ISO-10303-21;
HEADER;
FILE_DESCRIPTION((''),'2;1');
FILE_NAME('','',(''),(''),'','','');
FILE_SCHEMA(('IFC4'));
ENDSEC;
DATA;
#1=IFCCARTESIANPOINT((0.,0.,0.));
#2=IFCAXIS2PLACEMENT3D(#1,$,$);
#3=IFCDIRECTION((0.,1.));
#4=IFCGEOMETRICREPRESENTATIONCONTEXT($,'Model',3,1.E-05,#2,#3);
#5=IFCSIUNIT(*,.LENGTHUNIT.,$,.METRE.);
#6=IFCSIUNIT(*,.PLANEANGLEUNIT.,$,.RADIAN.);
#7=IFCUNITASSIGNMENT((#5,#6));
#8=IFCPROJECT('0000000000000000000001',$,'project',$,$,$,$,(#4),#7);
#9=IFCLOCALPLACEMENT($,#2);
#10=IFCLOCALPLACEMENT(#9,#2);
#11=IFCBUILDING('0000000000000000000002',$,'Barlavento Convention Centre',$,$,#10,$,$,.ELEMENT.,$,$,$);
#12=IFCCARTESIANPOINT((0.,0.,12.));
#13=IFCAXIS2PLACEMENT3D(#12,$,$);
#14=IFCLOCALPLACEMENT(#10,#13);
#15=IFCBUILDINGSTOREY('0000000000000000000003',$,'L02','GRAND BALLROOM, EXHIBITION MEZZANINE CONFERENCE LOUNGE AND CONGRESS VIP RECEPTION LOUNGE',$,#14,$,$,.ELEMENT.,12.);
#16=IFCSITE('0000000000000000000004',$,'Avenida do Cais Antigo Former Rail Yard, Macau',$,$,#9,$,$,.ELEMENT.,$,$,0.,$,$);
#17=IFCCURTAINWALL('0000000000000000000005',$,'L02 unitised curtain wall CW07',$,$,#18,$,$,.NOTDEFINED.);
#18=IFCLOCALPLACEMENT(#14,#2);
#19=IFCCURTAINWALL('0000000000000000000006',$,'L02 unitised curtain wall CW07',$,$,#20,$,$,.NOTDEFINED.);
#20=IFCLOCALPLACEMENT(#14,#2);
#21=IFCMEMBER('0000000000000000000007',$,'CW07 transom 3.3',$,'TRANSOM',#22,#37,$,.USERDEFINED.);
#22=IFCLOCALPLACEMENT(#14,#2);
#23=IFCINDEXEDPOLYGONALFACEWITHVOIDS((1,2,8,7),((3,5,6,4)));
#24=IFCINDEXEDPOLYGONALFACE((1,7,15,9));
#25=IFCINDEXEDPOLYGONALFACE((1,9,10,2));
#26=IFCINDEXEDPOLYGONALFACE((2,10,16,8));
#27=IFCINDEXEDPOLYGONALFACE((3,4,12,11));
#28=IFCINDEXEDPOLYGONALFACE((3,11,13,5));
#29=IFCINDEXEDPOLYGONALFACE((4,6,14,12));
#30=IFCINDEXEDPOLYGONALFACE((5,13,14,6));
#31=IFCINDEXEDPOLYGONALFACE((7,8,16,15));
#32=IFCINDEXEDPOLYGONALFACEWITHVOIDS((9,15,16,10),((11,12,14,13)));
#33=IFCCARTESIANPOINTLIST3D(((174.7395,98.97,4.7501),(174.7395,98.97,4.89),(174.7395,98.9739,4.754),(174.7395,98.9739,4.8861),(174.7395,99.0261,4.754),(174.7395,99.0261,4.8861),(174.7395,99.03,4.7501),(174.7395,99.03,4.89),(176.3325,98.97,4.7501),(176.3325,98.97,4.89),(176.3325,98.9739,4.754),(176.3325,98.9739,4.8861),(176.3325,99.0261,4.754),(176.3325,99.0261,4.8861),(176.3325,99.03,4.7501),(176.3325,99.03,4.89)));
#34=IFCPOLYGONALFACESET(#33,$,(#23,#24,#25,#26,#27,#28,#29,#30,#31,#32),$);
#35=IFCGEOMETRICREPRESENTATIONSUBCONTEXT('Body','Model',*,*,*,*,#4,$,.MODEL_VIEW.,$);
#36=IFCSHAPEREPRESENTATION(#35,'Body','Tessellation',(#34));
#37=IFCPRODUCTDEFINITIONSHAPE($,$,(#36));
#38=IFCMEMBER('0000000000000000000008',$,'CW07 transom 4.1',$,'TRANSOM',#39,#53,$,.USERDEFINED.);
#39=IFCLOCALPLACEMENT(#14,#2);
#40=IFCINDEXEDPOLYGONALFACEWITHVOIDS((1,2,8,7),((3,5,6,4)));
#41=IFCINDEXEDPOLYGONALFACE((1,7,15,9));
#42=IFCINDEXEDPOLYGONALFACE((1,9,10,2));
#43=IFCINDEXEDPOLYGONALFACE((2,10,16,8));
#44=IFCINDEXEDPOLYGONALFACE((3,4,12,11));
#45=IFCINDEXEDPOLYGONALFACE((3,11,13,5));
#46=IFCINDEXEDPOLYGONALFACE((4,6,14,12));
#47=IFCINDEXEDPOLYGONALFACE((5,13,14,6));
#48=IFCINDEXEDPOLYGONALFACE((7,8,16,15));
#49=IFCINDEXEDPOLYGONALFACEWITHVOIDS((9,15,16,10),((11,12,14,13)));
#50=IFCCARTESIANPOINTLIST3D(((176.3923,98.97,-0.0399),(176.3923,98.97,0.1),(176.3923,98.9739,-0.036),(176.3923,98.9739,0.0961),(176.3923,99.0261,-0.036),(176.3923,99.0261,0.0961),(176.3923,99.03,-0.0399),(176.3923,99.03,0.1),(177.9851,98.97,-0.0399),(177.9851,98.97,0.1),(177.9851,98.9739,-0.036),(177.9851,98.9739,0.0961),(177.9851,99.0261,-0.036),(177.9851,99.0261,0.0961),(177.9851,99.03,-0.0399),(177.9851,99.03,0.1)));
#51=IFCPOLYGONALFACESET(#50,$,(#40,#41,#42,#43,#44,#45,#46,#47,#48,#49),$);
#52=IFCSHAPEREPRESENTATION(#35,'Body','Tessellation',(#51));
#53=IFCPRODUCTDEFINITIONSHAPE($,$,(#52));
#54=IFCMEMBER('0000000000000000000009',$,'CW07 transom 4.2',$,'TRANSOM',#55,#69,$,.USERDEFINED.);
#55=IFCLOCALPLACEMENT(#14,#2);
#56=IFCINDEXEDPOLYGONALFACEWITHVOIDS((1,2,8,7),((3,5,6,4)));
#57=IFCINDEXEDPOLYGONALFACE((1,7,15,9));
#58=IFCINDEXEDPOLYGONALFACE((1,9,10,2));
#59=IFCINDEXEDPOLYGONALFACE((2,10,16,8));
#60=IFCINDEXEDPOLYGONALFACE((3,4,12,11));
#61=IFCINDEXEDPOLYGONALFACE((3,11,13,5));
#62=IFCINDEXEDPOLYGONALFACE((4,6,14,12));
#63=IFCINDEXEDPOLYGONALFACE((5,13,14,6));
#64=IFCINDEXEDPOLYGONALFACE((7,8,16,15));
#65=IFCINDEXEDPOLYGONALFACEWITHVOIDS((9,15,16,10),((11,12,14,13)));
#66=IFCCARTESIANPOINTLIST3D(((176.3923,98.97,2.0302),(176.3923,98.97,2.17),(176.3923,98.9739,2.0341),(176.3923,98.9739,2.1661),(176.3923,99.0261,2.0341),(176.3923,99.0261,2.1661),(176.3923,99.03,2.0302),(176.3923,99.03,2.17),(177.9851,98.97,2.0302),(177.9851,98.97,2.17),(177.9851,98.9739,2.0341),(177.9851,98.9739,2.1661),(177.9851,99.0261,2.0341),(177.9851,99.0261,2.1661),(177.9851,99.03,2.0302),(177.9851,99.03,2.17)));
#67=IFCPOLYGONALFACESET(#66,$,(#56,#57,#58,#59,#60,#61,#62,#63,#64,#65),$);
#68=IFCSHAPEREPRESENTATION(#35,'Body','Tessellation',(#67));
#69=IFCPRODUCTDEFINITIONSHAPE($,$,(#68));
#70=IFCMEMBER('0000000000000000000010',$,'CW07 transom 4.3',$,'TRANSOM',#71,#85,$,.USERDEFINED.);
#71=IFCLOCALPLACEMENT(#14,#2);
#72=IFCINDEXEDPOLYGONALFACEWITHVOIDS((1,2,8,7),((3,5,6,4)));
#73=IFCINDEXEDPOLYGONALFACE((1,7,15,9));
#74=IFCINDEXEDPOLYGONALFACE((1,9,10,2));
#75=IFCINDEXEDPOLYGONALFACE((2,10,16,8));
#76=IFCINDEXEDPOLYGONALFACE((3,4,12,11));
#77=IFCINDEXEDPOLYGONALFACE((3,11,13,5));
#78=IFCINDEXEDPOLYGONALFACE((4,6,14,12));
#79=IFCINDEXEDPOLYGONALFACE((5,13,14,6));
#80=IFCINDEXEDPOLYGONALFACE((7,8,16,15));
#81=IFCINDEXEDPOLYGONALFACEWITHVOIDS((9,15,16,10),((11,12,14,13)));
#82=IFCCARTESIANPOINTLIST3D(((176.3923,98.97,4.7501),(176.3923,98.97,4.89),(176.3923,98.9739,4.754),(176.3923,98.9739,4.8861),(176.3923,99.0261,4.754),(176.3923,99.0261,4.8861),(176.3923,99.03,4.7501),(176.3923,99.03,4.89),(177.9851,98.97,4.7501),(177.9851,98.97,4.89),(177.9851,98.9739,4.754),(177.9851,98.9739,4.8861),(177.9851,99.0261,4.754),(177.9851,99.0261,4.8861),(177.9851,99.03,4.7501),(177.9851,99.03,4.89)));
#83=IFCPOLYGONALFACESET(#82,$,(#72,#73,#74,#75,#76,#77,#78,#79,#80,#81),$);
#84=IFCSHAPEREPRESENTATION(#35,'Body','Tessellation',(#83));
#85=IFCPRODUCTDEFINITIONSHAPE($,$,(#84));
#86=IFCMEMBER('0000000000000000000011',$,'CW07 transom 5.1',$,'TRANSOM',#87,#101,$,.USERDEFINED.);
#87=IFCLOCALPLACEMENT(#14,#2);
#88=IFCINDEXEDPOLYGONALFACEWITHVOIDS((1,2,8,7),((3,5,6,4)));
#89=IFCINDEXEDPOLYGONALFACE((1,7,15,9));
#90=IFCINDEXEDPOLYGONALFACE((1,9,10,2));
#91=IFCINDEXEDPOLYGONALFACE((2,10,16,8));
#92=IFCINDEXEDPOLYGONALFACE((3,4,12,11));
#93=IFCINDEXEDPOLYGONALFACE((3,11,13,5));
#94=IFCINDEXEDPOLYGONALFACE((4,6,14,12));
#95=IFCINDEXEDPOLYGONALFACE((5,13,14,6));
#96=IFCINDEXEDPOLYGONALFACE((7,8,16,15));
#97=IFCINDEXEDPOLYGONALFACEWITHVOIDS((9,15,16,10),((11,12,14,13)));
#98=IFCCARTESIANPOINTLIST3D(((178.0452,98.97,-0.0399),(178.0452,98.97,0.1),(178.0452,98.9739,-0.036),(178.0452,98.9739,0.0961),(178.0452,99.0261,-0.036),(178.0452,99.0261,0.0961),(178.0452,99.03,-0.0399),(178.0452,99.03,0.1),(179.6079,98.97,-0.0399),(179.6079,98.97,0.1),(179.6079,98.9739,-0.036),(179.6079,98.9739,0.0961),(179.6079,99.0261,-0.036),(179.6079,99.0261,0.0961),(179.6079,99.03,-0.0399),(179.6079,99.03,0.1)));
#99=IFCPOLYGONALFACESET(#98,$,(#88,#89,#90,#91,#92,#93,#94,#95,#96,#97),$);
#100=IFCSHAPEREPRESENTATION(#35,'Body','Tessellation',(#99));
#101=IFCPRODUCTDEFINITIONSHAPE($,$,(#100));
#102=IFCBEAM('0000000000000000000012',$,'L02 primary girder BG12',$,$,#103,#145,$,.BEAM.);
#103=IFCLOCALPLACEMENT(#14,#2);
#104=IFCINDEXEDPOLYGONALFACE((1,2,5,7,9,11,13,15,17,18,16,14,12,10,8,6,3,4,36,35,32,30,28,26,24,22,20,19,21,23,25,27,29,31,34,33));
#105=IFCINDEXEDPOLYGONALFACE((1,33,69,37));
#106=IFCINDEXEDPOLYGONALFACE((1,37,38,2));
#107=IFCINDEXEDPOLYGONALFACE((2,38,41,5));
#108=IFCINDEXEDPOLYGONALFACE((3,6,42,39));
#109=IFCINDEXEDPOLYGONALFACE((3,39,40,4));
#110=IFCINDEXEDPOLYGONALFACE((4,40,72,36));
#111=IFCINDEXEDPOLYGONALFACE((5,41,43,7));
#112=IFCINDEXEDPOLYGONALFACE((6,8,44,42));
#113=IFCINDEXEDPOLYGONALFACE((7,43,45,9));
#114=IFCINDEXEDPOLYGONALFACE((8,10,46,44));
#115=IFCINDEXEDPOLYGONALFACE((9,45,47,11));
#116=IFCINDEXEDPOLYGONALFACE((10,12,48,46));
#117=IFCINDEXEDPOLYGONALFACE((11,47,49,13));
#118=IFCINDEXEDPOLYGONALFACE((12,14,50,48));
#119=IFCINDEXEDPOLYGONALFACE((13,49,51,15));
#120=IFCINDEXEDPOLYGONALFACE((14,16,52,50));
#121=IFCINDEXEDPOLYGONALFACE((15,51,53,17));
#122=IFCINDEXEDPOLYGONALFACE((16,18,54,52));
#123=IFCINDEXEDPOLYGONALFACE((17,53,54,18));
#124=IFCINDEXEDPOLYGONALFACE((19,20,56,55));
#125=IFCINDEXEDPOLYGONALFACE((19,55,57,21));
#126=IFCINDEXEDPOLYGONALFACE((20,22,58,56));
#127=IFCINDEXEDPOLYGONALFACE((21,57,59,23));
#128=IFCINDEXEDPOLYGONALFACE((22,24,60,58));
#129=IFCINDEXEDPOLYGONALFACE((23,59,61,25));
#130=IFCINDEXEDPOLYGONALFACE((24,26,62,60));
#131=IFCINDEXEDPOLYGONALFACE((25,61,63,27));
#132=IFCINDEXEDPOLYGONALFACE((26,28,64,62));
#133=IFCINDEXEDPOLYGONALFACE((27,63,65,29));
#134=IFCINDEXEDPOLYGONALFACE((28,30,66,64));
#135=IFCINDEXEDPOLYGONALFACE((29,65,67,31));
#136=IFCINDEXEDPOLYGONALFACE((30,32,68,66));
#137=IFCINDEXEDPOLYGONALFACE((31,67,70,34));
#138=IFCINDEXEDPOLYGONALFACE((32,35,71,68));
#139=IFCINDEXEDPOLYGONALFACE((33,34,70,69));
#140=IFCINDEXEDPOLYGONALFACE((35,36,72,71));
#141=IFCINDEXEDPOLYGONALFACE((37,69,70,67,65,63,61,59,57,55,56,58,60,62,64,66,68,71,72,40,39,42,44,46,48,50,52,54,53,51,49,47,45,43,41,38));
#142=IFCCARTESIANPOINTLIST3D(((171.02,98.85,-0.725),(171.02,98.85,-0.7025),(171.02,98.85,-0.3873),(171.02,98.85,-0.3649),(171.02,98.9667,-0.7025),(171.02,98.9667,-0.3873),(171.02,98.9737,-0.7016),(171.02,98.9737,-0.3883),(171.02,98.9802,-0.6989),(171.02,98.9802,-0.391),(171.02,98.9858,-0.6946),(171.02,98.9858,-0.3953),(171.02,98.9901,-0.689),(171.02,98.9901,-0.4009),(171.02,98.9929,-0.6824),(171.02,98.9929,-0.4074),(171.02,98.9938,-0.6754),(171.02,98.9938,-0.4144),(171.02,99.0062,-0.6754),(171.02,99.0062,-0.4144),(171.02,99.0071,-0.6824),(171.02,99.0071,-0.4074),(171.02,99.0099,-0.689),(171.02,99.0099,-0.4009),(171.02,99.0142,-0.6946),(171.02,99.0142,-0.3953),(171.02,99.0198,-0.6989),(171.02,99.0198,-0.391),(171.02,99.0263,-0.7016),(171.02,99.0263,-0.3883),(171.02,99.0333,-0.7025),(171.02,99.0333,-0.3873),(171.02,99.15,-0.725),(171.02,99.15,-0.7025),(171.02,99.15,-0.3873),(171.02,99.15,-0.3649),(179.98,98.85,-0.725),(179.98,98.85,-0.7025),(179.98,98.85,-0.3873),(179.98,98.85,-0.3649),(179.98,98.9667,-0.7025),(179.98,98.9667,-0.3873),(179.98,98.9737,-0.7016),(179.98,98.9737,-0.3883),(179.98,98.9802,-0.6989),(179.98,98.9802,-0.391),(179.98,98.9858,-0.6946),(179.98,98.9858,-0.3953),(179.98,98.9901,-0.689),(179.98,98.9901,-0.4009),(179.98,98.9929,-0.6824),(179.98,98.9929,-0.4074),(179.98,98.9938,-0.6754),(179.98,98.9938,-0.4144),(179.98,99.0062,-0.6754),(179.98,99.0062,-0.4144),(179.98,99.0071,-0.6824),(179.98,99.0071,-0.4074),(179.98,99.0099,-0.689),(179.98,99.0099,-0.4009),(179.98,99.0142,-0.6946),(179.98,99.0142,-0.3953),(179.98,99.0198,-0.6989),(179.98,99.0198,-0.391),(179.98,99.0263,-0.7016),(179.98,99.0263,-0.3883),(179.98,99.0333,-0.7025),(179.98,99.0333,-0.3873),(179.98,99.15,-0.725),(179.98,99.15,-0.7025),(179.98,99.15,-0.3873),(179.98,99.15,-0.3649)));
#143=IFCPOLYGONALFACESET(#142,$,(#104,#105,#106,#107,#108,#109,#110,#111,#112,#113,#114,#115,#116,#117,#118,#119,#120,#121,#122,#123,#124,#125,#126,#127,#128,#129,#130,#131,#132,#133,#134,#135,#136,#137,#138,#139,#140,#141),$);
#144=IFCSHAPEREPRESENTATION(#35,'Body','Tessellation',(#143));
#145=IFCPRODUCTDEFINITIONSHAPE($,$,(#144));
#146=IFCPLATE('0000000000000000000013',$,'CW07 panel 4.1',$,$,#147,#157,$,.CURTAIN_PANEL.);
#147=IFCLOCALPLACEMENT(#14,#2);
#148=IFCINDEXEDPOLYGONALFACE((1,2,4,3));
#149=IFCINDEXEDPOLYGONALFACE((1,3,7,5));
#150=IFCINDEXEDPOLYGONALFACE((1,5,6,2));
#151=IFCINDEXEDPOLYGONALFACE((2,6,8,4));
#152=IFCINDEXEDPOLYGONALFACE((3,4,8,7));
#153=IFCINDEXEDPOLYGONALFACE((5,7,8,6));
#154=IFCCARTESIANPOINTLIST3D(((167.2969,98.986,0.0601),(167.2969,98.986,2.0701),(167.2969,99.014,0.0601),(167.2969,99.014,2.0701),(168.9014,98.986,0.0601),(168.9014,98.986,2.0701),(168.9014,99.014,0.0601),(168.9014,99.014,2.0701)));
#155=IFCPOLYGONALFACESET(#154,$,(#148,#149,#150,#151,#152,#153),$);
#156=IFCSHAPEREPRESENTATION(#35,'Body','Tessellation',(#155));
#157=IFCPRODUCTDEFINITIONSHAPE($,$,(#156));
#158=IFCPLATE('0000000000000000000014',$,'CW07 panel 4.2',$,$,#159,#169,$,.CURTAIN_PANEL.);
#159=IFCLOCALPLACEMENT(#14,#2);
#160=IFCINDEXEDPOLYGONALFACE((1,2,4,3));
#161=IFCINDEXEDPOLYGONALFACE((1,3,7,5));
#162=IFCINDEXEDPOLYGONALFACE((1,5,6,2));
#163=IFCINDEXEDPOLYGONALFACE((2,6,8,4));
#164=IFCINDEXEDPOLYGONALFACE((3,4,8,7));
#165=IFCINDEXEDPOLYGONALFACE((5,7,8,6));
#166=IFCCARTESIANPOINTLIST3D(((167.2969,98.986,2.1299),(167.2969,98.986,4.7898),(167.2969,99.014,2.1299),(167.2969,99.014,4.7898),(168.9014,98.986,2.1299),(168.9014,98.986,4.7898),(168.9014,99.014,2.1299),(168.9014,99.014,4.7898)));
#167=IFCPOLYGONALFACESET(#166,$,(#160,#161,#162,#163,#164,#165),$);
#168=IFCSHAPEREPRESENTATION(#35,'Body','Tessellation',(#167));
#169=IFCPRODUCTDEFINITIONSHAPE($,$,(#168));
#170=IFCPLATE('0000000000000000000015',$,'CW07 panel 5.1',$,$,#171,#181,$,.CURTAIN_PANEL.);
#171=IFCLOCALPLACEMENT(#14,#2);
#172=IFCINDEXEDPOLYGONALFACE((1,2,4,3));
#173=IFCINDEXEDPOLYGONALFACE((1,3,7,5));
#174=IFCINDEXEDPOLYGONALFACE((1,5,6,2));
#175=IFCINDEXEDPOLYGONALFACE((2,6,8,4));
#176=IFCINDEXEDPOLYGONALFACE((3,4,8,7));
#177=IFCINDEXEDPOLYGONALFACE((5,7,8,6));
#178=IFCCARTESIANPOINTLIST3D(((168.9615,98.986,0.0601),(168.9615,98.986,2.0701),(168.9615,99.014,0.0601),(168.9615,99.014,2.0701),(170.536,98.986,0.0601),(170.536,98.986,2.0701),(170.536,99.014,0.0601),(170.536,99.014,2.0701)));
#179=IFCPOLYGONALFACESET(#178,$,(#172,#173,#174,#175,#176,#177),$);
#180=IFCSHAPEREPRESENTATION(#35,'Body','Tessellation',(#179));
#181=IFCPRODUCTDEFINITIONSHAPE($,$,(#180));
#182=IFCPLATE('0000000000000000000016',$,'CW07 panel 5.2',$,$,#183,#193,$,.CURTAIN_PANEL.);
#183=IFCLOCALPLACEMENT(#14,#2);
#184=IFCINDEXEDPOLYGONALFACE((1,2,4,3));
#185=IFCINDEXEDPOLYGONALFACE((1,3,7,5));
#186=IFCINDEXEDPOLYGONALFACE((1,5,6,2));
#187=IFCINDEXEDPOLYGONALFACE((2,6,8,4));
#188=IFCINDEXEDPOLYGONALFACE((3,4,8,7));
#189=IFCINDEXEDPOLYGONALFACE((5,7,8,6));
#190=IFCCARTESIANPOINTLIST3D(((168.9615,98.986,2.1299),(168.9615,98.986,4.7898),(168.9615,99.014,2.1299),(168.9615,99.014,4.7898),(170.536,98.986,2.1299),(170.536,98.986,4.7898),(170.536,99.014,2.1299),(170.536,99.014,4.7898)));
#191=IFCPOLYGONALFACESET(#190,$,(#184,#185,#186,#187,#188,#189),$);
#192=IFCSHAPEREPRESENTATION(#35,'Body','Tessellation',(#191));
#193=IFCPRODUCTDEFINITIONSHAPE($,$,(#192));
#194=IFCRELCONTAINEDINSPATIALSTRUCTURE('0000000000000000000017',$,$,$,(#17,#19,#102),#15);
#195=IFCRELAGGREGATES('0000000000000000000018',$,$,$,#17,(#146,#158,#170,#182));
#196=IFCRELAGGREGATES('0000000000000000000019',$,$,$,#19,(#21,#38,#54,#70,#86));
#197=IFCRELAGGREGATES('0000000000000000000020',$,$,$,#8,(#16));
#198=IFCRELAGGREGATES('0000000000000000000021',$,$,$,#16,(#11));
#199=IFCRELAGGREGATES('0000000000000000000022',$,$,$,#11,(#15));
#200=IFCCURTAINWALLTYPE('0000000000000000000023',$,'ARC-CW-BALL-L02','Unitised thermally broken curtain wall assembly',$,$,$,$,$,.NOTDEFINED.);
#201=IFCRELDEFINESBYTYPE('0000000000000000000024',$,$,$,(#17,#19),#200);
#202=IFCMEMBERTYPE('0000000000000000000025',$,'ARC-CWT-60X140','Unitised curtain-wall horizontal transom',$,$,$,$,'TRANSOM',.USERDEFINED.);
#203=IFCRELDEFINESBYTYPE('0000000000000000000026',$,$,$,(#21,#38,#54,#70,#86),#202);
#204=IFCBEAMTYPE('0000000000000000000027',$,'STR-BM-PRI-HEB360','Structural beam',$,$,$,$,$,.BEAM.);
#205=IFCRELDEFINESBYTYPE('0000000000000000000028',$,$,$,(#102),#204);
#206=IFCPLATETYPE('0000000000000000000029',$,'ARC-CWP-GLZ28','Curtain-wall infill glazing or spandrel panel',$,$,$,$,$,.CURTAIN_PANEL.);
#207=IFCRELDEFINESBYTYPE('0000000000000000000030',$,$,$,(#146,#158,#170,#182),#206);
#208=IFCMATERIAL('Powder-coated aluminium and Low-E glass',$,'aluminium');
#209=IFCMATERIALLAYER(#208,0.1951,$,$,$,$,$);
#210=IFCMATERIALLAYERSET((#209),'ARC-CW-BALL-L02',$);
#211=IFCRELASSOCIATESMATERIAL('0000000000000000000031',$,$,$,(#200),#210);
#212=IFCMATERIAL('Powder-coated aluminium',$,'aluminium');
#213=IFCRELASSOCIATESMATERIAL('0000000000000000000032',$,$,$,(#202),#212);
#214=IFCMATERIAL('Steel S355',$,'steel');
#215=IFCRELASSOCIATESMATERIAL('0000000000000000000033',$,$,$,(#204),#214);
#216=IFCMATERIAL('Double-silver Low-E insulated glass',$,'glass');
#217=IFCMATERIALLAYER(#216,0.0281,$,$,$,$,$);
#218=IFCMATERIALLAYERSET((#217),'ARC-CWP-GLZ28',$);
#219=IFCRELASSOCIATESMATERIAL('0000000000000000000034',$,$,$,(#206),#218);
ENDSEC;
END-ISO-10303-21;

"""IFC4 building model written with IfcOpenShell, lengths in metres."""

from ifc_helpers import new_model, si_unit, direction, frame, origin, origin_2d, place, context, subcontext, project, spatial, rectangle, hollow_rectangle, i_section, extrude, material, layer, layer_set, material_profile, profile_set, type_object, element, aggregate, save


model = new_model("IFC4")

# Units and contexts
model_context = context("Model", 3, precision=1e-05, world=origin(), true_north=direction((0.0, 1.0)))
body_context = subcontext(model_context, "Body", "Model", "MODEL_VIEW")
ifc_project = project(units=[si_unit("LENGTHUNIT", "METRE"), si_unit("PLANEANGLEUNIT", "RADIAN")], contexts=[model_context])

# Site, building, storey
site_placement = place(None, origin())
site = spatial("IfcSite", under=ifc_project, at=site_placement, Name="Avenida do Cais Antigo Former Rail Yard, Macau", CompositionType="ELEMENT", RefElevation=0.0)
building_placement = place(site_placement, origin())
building = spatial("IfcBuilding", under=site, at=building_placement, Name="Barlavento Convention Centre", CompositionType="ELEMENT")
storey_placement = place(building_placement, frame((0.0, 0.0, 12.0)))
storey = spatial("IfcBuildingStorey", under=building, at=storey_placement, Name="L02", Description="GRAND BALLROOM, EXHIBITION MEZZANINE CONFERENCE LOUNGE AND CONGRESS VIP RECEPTION LOUNGE", CompositionType="ELEMENT", Elevation=12.0)

# Shared definitions
ifc_material_1 = material(Name="Powder-coated aluminium and Low-E glass", Category="aluminium")
ifc_layer_1 = layer(ifc_material_1, 0.1951)
ifc_layer_set_1 = layer_set([ifc_layer_1], Name="ARC-CW-BALL-L02")
curtain_wall_type = type_object("IfcCurtainWallType", Name="ARC-CW-BALL-L02", Description="Unitised thermally broken curtain wall assembly", PredefinedType="NOTDEFINED", material=ifc_layer_set_1)
ifc_material_2 = material(Name="Powder-coated aluminium", Category="aluminium")

# Curtain walls
curtain_wall_1_placement = place(storey_placement, origin())
curtain_wall_1 = element("IfcCurtainWall", 1, at=curtain_wall_1_placement, inside=storey, type_object=curtain_wall_type, Name="L02 unitised curtain wall CW07", PredefinedType="NOTDEFINED")
curtain_wall_2_placement = place(storey_placement, origin())
curtain_wall_2 = element("IfcCurtainWall", 2, at=curtain_wall_2_placement, inside=storey, type_object=curtain_wall_type, Name="L02 unitised curtain wall CW07", PredefinedType="NOTDEFINED")

# Members
ifc_material_profile_1 = material_profile(ifc_material_2, hollow_rectangle(XDim=0.0601, YDim=0.1399, WallThickness=0.0039, at=origin_2d()), Name="AL-TRAN 60x140x4")
ifc_profile_set_1 = profile_set([ifc_material_profile_1], Name="Powder-coated aluminium")
member_type_1 = type_object("IfcMemberType", Name="ARC-CWT-60X140", Description="Unitised curtain-wall horizontal transom", ElementType="TRANSOM", PredefinedType="USERDEFINED", material=ifc_profile_set_1)
member_1_placement = place(storey_placement, frame((174.7395, 99.0, 4.8201), z_axis=(1.0, 0.0, 0.0), x_axis=(0.0, 1.0, 0.0)))
member_1 = element("IfcMember", 3, at=member_1_placement, type_object=member_type_1, Name="CW07 transom 3.3", ObjectType="TRANSOM", PredefinedType="USERDEFINED", context=body_context, shape_type="SweptSolid", body=[
    extrude(hollow_rectangle(XDim=0.0601, YDim=0.1399, WallThickness=0.0039, at=origin_2d()), origin(), (0.0, 0.0, 1.0), 1.593),
])
member_2_placement = place(storey_placement, frame((176.3923, 99.0, 0.03), z_axis=(1.0, 0.0, 0.0), x_axis=(0.0, 1.0, 0.0)))
member_2 = element("IfcMember", 4, at=member_2_placement, type_object=member_type_1, Name="CW07 transom 4.1", ObjectType="TRANSOM", PredefinedType="USERDEFINED", context=body_context, shape_type="SweptSolid", body=[
    extrude(hollow_rectangle(XDim=0.0601, YDim=0.1399, WallThickness=0.0039, at=origin_2d()), origin(), (0.0, 0.0, 1.0), 1.5928),
])
member_3_placement = place(storey_placement, frame((176.3923, 99.0, 2.1001), z_axis=(1.0, 0.0, 0.0), x_axis=(0.0, 1.0, 0.0)))
member_3 = element("IfcMember", 5, at=member_3_placement, type_object=member_type_1, Name="CW07 transom 4.2", ObjectType="TRANSOM", PredefinedType="USERDEFINED", context=body_context, shape_type="SweptSolid", body=[
    extrude(hollow_rectangle(XDim=0.0601, YDim=0.1399, WallThickness=0.0039, at=origin_2d()), origin(), (0.0, 0.0, 1.0), 1.5928),
])
member_4_placement = place(storey_placement, frame((176.3923, 99.0, 4.8201), z_axis=(1.0, 0.0, 0.0), x_axis=(0.0, 1.0, 0.0)))
member_4 = element("IfcMember", 6, at=member_4_placement, type_object=member_type_1, Name="CW07 transom 4.3", ObjectType="TRANSOM", PredefinedType="USERDEFINED", context=body_context, shape_type="SweptSolid", body=[
    extrude(hollow_rectangle(XDim=0.0601, YDim=0.1399, WallThickness=0.0039, at=origin_2d()), origin(), (0.0, 0.0, 1.0), 1.5928),
])
member_5_placement = place(storey_placement, frame((178.0452, 99.0, 0.03), z_axis=(1.0, 0.0, 0.0), x_axis=(0.0, 1.0, 0.0)))
member_5 = element("IfcMember", 7, at=member_5_placement, type_object=member_type_1, Name="CW07 transom 5.1", ObjectType="TRANSOM", PredefinedType="USERDEFINED", context=body_context, shape_type="SweptSolid", body=[
    extrude(hollow_rectangle(XDim=0.0601, YDim=0.1399, WallThickness=0.0039, at=origin_2d()), origin(), (0.0, 0.0, 1.0), 1.5627),
])

# Beam
ifc_material_3 = material(Name="Steel S355", Category="steel")
ifc_material_profile_2 = material_profile(ifc_material_3, i_section(OverallWidth=0.3, OverallDepth=0.3601, WebThickness=0.0125, FlangeThickness=0.0225, FilletRadius=0.0271, at=origin_2d()), Name="HEB 360")
ifc_profile_set_2 = profile_set([ifc_material_profile_2], Name="Steel S355")
beam_type = type_object("IfcBeamType", Name="STR-BM-PRI-HEB360", Description="Structural beam", PredefinedType="BEAM", material=ifc_profile_set_2)
beam_placement = place(storey_placement, frame((171.02, 99.0, -0.5449), z_axis=(1.0, 0.0, 0.0), x_axis=(0.0, 1.0, 0.0)))
element("IfcBeam", 8, at=beam_placement, inside=storey, type_object=beam_type, Name="L02 primary girder BG12", PredefinedType="BEAM", context=body_context, shape_type="SweptSolid", body=[
    extrude(i_section(OverallWidth=0.3, OverallDepth=0.3601, WebThickness=0.0125, FlangeThickness=0.0225, FilletRadius=0.0271, at=origin_2d()), origin(), (0.0, 0.0, 1.0), 8.96),
])

# Plates
ifc_material_4 = material(Name="Double-silver Low-E insulated glass", Category="glass")
ifc_layer_2 = layer(ifc_material_4, 0.0281)
ifc_layer_set_2 = layer_set([ifc_layer_2], Name="ARC-CWP-GLZ28")
plate_type = type_object("IfcPlateType", Name="ARC-CWP-GLZ28", Description="Curtain-wall infill glazing or spandrel panel", PredefinedType="CURTAIN_PANEL", material=ifc_layer_set_2)
plate_1_placement = place(storey_placement, frame((168.0991, 99.0, 0.0601), z_axis=(0.0, 0.0, 1.0), x_axis=(1.0, 0.0, 0.0)))
plate_1 = element("IfcPlate", 9, at=plate_1_placement, type_object=plate_type, Name="CW07 panel 4.1", PredefinedType="CURTAIN_PANEL", context=body_context, shape_type="SweptSolid", body=[
    extrude(rectangle(XDim=1.6045, YDim=0.0281, at=origin_2d()), origin(), (0.0, 0.0, 1.0), 2.01),
])
plate_2_placement = place(storey_placement, frame((168.0991, 99.0, 2.1299), z_axis=(0.0, 0.0, 1.0), x_axis=(1.0, 0.0, 0.0)))
plate_2 = element("IfcPlate", 10, at=plate_2_placement, type_object=plate_type, Name="CW07 panel 4.2", PredefinedType="CURTAIN_PANEL", context=body_context, shape_type="SweptSolid", body=[
    extrude(rectangle(XDim=1.6045, YDim=0.0281, at=origin_2d()), origin(), (0.0, 0.0, 1.0), 2.6599),
])
plate_3_placement = place(storey_placement, frame((169.7488, 99.0, 0.0601), z_axis=(0.0, 0.0, 1.0), x_axis=(1.0, 0.0, 0.0)))
plate_3 = element("IfcPlate", 11, at=plate_3_placement, type_object=plate_type, Name="CW07 panel 5.1", PredefinedType="CURTAIN_PANEL", context=body_context, shape_type="SweptSolid", body=[
    extrude(rectangle(XDim=1.5745, YDim=0.0281, at=origin_2d()), origin(), (0.0, 0.0, 1.0), 2.01),
])
plate_4_placement = place(storey_placement, frame((169.7488, 99.0, 2.1299), z_axis=(0.0, 0.0, 1.0), x_axis=(1.0, 0.0, 0.0)))
plate_4 = element("IfcPlate", 12, at=plate_4_placement, type_object=plate_type, Name="CW07 panel 5.2", PredefinedType="CURTAIN_PANEL", context=body_context, shape_type="SweptSolid", body=[
    extrude(rectangle(XDim=1.5745, YDim=0.0281, at=origin_2d()), origin(), (0.0, 0.0, 1.0), 2.6599),
])
aggregate(curtain_wall_1, [plate_1, plate_2, plate_3, plate_4])
aggregate(curtain_wall_2, [member_1, member_2, member_3, member_4, member_5])

save(model, "model.ifc")
